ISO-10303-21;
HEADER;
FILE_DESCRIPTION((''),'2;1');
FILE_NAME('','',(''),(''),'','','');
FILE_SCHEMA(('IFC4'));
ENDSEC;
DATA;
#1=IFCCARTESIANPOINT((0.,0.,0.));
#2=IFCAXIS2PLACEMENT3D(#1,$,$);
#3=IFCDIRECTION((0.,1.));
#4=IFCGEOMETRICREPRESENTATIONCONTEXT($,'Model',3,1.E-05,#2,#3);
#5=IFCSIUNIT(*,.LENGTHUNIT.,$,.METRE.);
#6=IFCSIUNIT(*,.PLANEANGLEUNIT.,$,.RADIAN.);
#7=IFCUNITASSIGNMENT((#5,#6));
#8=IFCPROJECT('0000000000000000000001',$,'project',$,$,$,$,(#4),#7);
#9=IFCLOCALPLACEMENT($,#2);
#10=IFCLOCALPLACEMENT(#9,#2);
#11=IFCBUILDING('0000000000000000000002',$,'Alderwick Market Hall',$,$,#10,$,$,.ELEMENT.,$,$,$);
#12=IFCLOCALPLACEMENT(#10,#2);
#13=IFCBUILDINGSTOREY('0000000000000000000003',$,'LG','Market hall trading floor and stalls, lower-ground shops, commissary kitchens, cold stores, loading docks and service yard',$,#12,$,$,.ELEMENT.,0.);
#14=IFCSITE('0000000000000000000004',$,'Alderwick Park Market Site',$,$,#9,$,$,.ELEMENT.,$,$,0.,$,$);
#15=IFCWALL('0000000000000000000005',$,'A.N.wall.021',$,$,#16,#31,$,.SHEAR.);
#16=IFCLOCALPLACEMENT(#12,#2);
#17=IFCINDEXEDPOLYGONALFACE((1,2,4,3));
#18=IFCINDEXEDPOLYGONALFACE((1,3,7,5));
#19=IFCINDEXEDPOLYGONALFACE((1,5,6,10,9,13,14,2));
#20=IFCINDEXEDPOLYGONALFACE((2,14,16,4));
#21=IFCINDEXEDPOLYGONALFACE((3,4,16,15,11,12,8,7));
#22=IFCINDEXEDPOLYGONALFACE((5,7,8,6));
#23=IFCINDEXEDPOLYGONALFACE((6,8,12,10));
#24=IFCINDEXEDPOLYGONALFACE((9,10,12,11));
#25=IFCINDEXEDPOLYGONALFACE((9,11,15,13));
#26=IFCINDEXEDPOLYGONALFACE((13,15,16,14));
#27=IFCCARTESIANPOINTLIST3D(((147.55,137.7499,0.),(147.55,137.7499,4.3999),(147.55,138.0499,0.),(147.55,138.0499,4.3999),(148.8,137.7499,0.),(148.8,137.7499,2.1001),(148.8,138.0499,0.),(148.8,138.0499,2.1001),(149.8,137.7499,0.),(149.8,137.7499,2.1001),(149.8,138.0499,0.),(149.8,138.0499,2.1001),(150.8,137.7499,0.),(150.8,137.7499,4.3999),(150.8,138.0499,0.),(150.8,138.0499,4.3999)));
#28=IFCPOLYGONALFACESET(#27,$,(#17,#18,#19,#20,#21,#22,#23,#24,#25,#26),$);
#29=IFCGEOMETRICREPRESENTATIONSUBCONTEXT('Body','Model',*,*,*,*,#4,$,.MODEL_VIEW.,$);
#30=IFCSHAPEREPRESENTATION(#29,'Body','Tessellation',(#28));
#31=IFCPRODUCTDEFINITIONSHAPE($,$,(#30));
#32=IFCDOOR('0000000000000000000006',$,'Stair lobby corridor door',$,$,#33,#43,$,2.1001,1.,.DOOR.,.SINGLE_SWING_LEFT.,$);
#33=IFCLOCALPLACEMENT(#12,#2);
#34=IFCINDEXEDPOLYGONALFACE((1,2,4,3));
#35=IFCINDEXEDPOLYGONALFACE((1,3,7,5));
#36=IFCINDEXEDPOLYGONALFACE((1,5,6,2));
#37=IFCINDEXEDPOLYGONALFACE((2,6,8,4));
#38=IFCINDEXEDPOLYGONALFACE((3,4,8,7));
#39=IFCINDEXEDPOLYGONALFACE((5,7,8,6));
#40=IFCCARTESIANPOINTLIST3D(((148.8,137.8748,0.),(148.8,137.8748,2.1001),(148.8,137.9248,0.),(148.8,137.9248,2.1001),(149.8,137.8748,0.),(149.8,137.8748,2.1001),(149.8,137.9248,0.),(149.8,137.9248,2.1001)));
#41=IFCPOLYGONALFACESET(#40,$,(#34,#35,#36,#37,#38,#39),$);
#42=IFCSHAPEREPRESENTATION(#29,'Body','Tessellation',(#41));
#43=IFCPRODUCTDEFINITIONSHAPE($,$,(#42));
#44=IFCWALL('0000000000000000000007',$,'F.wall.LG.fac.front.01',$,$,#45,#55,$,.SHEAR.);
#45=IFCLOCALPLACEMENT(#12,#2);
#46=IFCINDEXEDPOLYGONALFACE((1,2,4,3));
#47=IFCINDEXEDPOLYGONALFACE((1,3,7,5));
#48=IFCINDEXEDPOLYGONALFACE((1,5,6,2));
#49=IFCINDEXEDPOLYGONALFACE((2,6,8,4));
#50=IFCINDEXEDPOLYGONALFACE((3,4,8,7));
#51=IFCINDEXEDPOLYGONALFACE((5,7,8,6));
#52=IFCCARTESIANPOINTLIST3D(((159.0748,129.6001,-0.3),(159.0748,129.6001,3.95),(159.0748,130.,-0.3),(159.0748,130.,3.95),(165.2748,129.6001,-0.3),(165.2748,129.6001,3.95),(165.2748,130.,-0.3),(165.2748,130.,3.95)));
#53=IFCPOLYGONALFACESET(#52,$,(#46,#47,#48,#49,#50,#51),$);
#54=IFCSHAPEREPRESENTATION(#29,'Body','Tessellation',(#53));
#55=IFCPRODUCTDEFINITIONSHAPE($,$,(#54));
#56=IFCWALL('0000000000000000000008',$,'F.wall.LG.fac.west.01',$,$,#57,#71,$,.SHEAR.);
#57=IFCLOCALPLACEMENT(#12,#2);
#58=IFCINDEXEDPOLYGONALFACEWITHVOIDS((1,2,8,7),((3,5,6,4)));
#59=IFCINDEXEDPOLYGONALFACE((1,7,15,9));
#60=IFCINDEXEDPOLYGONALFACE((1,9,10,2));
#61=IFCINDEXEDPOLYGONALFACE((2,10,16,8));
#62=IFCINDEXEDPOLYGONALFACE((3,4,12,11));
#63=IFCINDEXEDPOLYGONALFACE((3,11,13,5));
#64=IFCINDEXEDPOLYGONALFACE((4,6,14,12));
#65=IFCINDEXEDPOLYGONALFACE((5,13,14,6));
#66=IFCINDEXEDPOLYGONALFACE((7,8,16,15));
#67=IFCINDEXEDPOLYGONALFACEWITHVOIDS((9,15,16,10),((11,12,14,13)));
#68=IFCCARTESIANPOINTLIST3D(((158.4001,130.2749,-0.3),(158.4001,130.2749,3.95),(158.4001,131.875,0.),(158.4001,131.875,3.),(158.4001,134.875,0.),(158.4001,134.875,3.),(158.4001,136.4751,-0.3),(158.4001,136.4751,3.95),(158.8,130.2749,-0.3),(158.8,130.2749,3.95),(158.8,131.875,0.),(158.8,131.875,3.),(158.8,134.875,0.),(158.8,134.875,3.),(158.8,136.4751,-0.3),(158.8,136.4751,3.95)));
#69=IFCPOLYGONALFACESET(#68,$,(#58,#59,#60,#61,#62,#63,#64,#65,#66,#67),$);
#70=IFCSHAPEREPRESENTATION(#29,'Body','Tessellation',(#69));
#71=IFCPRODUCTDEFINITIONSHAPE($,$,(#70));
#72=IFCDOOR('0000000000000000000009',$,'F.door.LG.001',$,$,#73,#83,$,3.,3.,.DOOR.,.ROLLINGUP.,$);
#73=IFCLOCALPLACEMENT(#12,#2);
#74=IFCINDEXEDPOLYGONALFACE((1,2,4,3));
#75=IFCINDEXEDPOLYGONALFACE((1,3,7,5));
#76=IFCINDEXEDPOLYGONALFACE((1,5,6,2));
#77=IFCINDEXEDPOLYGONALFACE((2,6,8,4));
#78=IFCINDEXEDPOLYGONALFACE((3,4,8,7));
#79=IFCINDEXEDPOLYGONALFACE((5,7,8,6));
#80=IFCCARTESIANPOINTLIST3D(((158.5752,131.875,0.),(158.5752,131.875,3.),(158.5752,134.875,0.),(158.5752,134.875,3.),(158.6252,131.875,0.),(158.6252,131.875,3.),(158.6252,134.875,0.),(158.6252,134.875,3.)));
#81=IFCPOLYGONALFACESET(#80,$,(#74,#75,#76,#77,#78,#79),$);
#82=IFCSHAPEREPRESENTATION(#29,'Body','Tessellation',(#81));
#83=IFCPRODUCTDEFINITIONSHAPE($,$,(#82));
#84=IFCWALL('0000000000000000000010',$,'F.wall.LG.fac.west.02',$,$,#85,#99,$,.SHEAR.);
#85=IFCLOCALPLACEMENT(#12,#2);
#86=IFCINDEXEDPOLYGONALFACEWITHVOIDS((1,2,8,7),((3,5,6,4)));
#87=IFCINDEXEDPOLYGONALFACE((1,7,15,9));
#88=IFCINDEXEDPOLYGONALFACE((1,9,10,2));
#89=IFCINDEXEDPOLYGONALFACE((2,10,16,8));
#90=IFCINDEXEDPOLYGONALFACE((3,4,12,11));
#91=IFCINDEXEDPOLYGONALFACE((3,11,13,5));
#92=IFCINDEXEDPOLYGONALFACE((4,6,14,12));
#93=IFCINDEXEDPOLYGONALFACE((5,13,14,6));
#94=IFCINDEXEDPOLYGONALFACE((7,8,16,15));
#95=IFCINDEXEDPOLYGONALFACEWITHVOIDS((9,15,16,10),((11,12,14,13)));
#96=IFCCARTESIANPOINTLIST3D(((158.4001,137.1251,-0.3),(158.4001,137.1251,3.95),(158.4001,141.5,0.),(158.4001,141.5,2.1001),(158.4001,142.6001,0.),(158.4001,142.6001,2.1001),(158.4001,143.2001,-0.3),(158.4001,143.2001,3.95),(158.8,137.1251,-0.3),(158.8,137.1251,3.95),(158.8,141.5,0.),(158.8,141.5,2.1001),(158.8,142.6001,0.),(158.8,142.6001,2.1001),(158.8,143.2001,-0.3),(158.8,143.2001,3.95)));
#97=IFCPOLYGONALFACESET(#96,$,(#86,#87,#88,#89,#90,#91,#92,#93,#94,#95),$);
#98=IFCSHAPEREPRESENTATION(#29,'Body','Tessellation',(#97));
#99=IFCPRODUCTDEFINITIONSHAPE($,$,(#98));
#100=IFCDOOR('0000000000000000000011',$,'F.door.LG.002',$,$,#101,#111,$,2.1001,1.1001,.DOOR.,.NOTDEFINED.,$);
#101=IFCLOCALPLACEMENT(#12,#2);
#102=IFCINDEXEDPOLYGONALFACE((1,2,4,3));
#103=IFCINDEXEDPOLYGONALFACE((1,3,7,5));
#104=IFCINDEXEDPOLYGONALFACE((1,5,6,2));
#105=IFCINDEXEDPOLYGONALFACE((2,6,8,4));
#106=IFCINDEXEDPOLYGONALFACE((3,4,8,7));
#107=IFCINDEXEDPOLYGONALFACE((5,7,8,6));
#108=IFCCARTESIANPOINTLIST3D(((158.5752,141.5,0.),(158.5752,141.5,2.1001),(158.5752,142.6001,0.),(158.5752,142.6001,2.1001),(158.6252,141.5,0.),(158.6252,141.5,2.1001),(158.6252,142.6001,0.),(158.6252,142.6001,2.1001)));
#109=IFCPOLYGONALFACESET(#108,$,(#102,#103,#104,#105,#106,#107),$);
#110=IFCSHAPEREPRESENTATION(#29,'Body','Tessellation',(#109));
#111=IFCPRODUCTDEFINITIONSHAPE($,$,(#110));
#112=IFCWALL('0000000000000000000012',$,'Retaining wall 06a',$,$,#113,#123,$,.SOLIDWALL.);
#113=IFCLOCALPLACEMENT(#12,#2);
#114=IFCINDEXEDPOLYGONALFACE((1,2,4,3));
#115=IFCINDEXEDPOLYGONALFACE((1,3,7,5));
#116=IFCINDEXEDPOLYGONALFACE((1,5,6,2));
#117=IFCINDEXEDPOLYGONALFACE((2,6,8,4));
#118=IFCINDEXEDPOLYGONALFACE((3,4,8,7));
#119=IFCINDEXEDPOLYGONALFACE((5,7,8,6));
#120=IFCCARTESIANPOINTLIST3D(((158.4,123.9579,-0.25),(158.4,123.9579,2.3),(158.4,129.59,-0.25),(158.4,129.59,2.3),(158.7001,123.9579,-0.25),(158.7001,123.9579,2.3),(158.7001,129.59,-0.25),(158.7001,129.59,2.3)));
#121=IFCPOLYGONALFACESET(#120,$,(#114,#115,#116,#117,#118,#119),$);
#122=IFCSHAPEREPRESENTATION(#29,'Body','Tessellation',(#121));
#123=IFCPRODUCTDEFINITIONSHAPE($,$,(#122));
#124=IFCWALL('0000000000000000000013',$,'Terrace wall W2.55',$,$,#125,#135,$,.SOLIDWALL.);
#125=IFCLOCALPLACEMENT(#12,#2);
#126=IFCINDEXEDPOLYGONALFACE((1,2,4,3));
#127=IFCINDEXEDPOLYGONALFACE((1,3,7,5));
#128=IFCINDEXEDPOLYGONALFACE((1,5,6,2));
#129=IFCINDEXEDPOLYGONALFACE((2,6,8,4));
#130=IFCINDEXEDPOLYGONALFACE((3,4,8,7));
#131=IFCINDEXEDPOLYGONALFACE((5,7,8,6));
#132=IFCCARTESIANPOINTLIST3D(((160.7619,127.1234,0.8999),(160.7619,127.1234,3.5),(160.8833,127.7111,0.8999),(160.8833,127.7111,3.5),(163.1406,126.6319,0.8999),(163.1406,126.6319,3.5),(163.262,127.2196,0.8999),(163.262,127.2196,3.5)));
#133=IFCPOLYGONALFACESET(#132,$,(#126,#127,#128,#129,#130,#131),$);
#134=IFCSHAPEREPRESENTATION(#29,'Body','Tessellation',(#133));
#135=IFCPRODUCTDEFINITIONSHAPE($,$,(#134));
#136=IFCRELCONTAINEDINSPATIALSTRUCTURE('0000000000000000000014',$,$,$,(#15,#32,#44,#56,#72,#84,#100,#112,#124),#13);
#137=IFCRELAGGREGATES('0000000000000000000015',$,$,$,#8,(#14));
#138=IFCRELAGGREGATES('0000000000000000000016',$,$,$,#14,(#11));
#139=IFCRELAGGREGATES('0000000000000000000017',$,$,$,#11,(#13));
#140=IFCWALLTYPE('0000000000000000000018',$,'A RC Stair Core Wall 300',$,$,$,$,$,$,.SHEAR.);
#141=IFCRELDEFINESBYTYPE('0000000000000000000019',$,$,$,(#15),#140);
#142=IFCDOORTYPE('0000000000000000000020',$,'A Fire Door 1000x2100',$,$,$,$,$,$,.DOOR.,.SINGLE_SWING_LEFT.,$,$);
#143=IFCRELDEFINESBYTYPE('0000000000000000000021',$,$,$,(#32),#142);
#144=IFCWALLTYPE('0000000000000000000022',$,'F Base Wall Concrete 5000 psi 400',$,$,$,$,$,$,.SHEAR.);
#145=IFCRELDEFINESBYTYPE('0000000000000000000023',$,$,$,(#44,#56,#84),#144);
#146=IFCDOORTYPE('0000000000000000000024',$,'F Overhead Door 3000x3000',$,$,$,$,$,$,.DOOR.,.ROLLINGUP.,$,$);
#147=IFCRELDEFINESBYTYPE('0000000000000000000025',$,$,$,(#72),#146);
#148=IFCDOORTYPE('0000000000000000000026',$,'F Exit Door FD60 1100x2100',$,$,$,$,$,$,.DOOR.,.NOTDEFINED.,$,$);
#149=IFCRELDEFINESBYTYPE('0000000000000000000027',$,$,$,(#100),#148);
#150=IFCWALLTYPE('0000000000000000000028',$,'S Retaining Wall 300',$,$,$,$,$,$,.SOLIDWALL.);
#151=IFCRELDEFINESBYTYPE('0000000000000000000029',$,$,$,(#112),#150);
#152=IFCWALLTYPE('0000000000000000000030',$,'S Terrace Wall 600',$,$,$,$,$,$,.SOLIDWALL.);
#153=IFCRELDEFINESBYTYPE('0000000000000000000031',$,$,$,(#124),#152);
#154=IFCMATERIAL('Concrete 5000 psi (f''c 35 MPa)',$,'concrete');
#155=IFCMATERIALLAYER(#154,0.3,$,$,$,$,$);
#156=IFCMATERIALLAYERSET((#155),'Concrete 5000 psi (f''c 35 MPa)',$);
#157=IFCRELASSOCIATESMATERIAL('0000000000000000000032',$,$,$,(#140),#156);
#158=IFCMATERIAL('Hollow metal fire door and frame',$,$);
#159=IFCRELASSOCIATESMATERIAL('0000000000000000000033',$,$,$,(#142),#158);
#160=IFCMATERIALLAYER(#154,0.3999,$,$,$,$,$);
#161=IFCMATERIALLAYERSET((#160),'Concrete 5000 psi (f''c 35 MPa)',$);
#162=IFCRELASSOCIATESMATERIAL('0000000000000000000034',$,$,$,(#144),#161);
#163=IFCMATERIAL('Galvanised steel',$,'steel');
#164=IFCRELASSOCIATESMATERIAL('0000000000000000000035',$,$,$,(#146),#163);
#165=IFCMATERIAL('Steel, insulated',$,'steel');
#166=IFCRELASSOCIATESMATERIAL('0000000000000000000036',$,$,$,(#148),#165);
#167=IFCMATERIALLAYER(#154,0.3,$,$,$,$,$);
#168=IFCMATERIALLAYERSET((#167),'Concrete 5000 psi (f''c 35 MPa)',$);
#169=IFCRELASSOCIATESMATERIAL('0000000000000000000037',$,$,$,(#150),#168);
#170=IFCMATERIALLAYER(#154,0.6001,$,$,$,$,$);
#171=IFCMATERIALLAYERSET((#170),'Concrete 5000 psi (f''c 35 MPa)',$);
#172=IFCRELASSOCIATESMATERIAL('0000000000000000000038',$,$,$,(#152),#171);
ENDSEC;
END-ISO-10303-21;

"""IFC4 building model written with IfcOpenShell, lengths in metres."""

from ifc_helpers import new_model, si_unit, direction, frame, frame_2d, origin, place, context, subcontext, project, spatial, rectangle, extrude, material, layer, layer_set, type_object, element, fill, save


model = new_model("IFC4")

# Units and contexts
model_context = context("Model", 3, precision=1e-05, world=origin(), true_north=direction((0.0, 1.0)))
body_context = subcontext(model_context, "Body", "Model", "MODEL_VIEW")
ifc_project = project(units=[si_unit("LENGTHUNIT", "METRE"), si_unit("PLANEANGLEUNIT", "RADIAN")], contexts=[model_context])

# Site, building, storey
site_placement = place(None, origin())
site = spatial("IfcSite", under=ifc_project, at=site_placement, Name="Alderwick Park Market Site", CompositionType="ELEMENT", RefElevation=0.0)
building_placement = place(site_placement, origin())
building = spatial("IfcBuilding", under=site, at=building_placement, Name="Alderwick Market Hall", CompositionType="ELEMENT")
storey_placement = place(building_placement, origin())
storey = spatial("IfcBuildingStorey", under=building, at=storey_placement, Name="LG", Description="Market hall trading floor and stalls, lower-ground shops, commissary kitchens, cold stores, loading docks and service yard", CompositionType="ELEMENT", Elevation=0.0)

# Shared definitions
ifc_material_1 = material(Name="Concrete 5000 psi (f'c 35 MPa)", Category="concrete")

# Wall, opening, door
ifc_layer_1 = layer(ifc_material_1, 0.3)
ifc_layer_set_1 = layer_set([ifc_layer_1], Name="Concrete 5000 psi (f'c 35 MPa)")
wall_type_1 = type_object("IfcWallType", Name="A RC Stair Core Wall 300", PredefinedType="SHEAR", material=ifc_layer_set_1)
ifc_material_2 = material(Name="Hollow metal fire door and frame")
door_type_1 = type_object("IfcDoorType", Name="A Fire Door 1000x2100", OperationType="SINGLE_SWING_LEFT", PredefinedType="DOOR", material=ifc_material_2)
wall_1_placement = place(storey_placement, frame((147.55, 137.8999, 0.0), z_axis=(0.0, 0.0, 1.0), x_axis=(1.0, 0.0, 0.0)))
wall_1 = element("IfcWall", 1, at=wall_1_placement, inside=storey, type_object=wall_type_1, Name="A.N.wall.021", PredefinedType="SHEAR", context=body_context, shape_type="SweptSolid", body=[
    extrude(rectangle(XDim=3.25, YDim=0.3, at=frame_2d((1.625, 0.0))), origin(), (0.0, 0.0, 1.0), 4.3999),
])
opening_1_placement = place(wall_1_placement, frame((1.25, 0.0, 0.0)))
opening_1 = element("IfcOpeningElement", 2, at=opening_1_placement, cuts=wall_1, PredefinedType="OPENING", context=body_context, shape_type="SweptSolid", body=[
    extrude(rectangle(XDim=1.0, YDim=2.1001, at=frame_2d((0.5, 1.05))), frame((0.0, 0.1599, 0.0), z_axis=(0.0, -1.0, 0.0), x_axis=(1.0, 0.0, 0.0)), (0.0, 0.0, 1.0), 0.3201),
])
door_1_placement = place(opening_1_placement, origin())
door_1 = element("IfcDoor", 3, at=door_1_placement, inside=storey, type_object=door_type_1, Name="Stair lobby corridor door", OperationType="SINGLE_SWING_LEFT", OverallHeight=2.1001, OverallWidth=1.0, PredefinedType="DOOR", context=body_context, shape_type="SweptSolid", body=[
    extrude(rectangle(XDim=1.0, YDim=2.1001, at=frame_2d((0.5, 1.05))), frame((0.0, 0.0249, 0.0), z_axis=(0.0, -1.0, 0.0), x_axis=(1.0, 0.0, 0.0)), (0.0, 0.0, 1.0), 0.05),
])
fill(opening_1, door_1)

# Wall
ifc_layer_2 = layer(ifc_material_1, 0.3999)
ifc_layer_set_2 = layer_set([ifc_layer_2], Name="Concrete 5000 psi (f'c 35 MPa)")
wall_type_2 = type_object("IfcWallType", Name="F Base Wall Concrete 5000 psi 400", PredefinedType="SHEAR", material=ifc_layer_set_2)
wall_2_placement = place(storey_placement, frame((165.2749, 129.8, -0.3), z_axis=(0.0, 0.0, 1.0), x_axis=(-1.0, 0.0, 0.0)))
element("IfcWall", 4, at=wall_2_placement, inside=storey, type_object=wall_type_2, Name="F.wall.LG.fac.front.01", PredefinedType="SHEAR", context=body_context, shape_type="SweptSolid", body=[
    extrude(rectangle(XDim=6.2, YDim=0.3999, at=frame_2d((3.1001, 0.0))), origin(), (0.0, 0.0, 1.0), 4.25),
])

# Walls, openings, doors
wall_3_placement = place(storey_placement, frame((158.6001, 130.2749, -0.3), z_axis=(0.0, 0.0, 1.0), x_axis=(0.0, 1.0, 0.0)))
wall_3 = element("IfcWall", 5, at=wall_3_placement, inside=storey, type_object=wall_type_2, Name="F.wall.LG.fac.west.01", PredefinedType="SHEAR", context=body_context, shape_type="SweptSolid", body=[
    extrude(rectangle(XDim=6.2002, YDim=0.3999, at=frame_2d((3.1001, 0.0))), origin(), (0.0, 0.0, 1.0), 4.25),
])
opening_2_placement = place(wall_3_placement, frame((1.6001, 0.0, 0.3)))
opening_2 = element("IfcOpeningElement", 6, at=opening_2_placement, cuts=wall_3, PredefinedType="OPENING", context=body_context, shape_type="SweptSolid", body=[
    extrude(rectangle(XDim=3.0, YDim=3.0, at=frame_2d((1.5, 1.5))), frame((0.0, 0.21, 0.0), z_axis=(0.0, -1.0, 0.0), x_axis=(1.0, 0.0, 0.0)), (0.0, 0.0, 1.0), 0.4199),
])
ifc_material_3 = material(Name="Galvanised steel", Category="steel")
door_type_2 = type_object("IfcDoorType", Name="F Overhead Door 3000x3000", OperationType="ROLLINGUP", PredefinedType="DOOR", material=ifc_material_3)
door_2_placement = place(opening_2_placement, origin())
door_2 = element("IfcDoor", 7, at=door_2_placement, inside=storey, type_object=door_type_2, Name="F.door.LG.001", OperationType="ROLLINGUP", OverallHeight=3.0, OverallWidth=3.0, PredefinedType="DOOR", context=body_context, shape_type="SweptSolid", body=[
    extrude(rectangle(XDim=3.0, YDim=3.0, at=frame_2d((1.5, 1.5))), frame((0.0, 0.0249, 0.0), z_axis=(0.0, -1.0, 0.0), x_axis=(1.0, 0.0, 0.0)), (0.0, 0.0, 1.0), 0.05),
])
fill(opening_2, door_2)
wall_4_placement = place(storey_placement, frame((158.6001, 137.125, -0.3), z_axis=(0.0, 0.0, 1.0), x_axis=(0.0, 1.0, 0.0)))
wall_4 = element("IfcWall", 8, at=wall_4_placement, inside=storey, type_object=wall_type_2, Name="F.wall.LG.fac.west.02", PredefinedType="SHEAR", context=body_context, shape_type="SweptSolid", body=[
    extrude(rectangle(XDim=6.075, YDim=0.3999, at=frame_2d((3.0376, 0.0))), origin(), (0.0, 0.0, 1.0), 4.25),
])
opening_3_placement = place(wall_4_placement, frame((4.375, 0.0, 0.3)))
opening_3 = element("IfcOpeningElement", 9, at=opening_3_placement, cuts=wall_4, PredefinedType="OPENING", context=body_context, shape_type="SweptSolid", body=[
    extrude(rectangle(XDim=1.1001, YDim=2.1001, at=frame_2d((0.55, 1.05))), frame((0.0, 0.21, 0.0), z_axis=(0.0, -1.0, 0.0), x_axis=(1.0, 0.0, 0.0)), (0.0, 0.0, 1.0), 0.4199),
])
ifc_material_4 = material(Name="Steel, insulated", Category="steel")
door_type_3 = type_object("IfcDoorType", Name="F Exit Door FD60 1100x2100", OperationType="NOTDEFINED", PredefinedType="DOOR", material=ifc_material_4)
door_3_placement = place(opening_3_placement, origin())
door_3 = element("IfcDoor", 10, at=door_3_placement, inside=storey, type_object=door_type_3, Name="F.door.LG.002", OperationType="NOTDEFINED", OverallHeight=2.1001, OverallWidth=1.1001, PredefinedType="DOOR", context=body_context, shape_type="SweptSolid", body=[
    extrude(rectangle(XDim=1.1001, YDim=2.1001, at=frame_2d((0.55, 1.05))), frame((0.0, 0.0249, 0.0), z_axis=(0.0, -1.0, 0.0), x_axis=(1.0, 0.0, 0.0)), (0.0, 0.0, 1.0), 0.05),
])
fill(opening_3, door_3)

# Walls
ifc_layer_3 = layer(ifc_material_1, 0.3)
ifc_layer_set_3 = layer_set([ifc_layer_3], Name="Concrete 5000 psi (f'c 35 MPa)")
wall_type_3 = type_object("IfcWallType", Name="S Retaining Wall 300", PredefinedType="SOLIDWALL", material=ifc_layer_set_3)
wall_5_placement = place(storey_placement, frame((158.55, 123.958, -0.25), z_axis=(0.0, 0.0, 1.0), x_axis=(0.0, 1.0, 0.0)))
element("IfcWall", 11, at=wall_5_placement, inside=storey, type_object=wall_type_3, Name="Retaining wall 06a", PredefinedType="SOLIDWALL", context=body_context, shape_type="SweptSolid", body=[
    extrude(rectangle(XDim=5.6321, YDim=0.3, at=frame_2d((2.8159, 0.0))), origin(), (0.0, 0.0, 1.0), 2.55),
])
ifc_layer_4 = layer(ifc_material_1, 0.6001)
ifc_layer_set_4 = layer_set([ifc_layer_4], Name="Concrete 5000 psi (f'c 35 MPa)")
wall_type_4 = type_object("IfcWallType", Name="S Terrace Wall 600", PredefinedType="SOLIDWALL", material=ifc_layer_set_4)
wall_6_placement = place(storey_placement, frame((163.2012, 126.9258, 0.8999), z_axis=(0.0, 0.0, 1.0), x_axis=(-0.979316, 0.202336, 0.0)))
element("IfcWall", 12, at=wall_6_placement, inside=storey, type_object=wall_type_4, Name="Terrace wall W2.55", PredefinedType="SOLIDWALL", context=body_context, shape_type="SweptSolid", body=[
    extrude(rectangle(XDim=2.429, YDim=0.6001, at=frame_2d((1.2144, 0.0))), origin(), (0.0, 0.0, 1.0), 2.6001),
])

save(model, "model.ifc")
